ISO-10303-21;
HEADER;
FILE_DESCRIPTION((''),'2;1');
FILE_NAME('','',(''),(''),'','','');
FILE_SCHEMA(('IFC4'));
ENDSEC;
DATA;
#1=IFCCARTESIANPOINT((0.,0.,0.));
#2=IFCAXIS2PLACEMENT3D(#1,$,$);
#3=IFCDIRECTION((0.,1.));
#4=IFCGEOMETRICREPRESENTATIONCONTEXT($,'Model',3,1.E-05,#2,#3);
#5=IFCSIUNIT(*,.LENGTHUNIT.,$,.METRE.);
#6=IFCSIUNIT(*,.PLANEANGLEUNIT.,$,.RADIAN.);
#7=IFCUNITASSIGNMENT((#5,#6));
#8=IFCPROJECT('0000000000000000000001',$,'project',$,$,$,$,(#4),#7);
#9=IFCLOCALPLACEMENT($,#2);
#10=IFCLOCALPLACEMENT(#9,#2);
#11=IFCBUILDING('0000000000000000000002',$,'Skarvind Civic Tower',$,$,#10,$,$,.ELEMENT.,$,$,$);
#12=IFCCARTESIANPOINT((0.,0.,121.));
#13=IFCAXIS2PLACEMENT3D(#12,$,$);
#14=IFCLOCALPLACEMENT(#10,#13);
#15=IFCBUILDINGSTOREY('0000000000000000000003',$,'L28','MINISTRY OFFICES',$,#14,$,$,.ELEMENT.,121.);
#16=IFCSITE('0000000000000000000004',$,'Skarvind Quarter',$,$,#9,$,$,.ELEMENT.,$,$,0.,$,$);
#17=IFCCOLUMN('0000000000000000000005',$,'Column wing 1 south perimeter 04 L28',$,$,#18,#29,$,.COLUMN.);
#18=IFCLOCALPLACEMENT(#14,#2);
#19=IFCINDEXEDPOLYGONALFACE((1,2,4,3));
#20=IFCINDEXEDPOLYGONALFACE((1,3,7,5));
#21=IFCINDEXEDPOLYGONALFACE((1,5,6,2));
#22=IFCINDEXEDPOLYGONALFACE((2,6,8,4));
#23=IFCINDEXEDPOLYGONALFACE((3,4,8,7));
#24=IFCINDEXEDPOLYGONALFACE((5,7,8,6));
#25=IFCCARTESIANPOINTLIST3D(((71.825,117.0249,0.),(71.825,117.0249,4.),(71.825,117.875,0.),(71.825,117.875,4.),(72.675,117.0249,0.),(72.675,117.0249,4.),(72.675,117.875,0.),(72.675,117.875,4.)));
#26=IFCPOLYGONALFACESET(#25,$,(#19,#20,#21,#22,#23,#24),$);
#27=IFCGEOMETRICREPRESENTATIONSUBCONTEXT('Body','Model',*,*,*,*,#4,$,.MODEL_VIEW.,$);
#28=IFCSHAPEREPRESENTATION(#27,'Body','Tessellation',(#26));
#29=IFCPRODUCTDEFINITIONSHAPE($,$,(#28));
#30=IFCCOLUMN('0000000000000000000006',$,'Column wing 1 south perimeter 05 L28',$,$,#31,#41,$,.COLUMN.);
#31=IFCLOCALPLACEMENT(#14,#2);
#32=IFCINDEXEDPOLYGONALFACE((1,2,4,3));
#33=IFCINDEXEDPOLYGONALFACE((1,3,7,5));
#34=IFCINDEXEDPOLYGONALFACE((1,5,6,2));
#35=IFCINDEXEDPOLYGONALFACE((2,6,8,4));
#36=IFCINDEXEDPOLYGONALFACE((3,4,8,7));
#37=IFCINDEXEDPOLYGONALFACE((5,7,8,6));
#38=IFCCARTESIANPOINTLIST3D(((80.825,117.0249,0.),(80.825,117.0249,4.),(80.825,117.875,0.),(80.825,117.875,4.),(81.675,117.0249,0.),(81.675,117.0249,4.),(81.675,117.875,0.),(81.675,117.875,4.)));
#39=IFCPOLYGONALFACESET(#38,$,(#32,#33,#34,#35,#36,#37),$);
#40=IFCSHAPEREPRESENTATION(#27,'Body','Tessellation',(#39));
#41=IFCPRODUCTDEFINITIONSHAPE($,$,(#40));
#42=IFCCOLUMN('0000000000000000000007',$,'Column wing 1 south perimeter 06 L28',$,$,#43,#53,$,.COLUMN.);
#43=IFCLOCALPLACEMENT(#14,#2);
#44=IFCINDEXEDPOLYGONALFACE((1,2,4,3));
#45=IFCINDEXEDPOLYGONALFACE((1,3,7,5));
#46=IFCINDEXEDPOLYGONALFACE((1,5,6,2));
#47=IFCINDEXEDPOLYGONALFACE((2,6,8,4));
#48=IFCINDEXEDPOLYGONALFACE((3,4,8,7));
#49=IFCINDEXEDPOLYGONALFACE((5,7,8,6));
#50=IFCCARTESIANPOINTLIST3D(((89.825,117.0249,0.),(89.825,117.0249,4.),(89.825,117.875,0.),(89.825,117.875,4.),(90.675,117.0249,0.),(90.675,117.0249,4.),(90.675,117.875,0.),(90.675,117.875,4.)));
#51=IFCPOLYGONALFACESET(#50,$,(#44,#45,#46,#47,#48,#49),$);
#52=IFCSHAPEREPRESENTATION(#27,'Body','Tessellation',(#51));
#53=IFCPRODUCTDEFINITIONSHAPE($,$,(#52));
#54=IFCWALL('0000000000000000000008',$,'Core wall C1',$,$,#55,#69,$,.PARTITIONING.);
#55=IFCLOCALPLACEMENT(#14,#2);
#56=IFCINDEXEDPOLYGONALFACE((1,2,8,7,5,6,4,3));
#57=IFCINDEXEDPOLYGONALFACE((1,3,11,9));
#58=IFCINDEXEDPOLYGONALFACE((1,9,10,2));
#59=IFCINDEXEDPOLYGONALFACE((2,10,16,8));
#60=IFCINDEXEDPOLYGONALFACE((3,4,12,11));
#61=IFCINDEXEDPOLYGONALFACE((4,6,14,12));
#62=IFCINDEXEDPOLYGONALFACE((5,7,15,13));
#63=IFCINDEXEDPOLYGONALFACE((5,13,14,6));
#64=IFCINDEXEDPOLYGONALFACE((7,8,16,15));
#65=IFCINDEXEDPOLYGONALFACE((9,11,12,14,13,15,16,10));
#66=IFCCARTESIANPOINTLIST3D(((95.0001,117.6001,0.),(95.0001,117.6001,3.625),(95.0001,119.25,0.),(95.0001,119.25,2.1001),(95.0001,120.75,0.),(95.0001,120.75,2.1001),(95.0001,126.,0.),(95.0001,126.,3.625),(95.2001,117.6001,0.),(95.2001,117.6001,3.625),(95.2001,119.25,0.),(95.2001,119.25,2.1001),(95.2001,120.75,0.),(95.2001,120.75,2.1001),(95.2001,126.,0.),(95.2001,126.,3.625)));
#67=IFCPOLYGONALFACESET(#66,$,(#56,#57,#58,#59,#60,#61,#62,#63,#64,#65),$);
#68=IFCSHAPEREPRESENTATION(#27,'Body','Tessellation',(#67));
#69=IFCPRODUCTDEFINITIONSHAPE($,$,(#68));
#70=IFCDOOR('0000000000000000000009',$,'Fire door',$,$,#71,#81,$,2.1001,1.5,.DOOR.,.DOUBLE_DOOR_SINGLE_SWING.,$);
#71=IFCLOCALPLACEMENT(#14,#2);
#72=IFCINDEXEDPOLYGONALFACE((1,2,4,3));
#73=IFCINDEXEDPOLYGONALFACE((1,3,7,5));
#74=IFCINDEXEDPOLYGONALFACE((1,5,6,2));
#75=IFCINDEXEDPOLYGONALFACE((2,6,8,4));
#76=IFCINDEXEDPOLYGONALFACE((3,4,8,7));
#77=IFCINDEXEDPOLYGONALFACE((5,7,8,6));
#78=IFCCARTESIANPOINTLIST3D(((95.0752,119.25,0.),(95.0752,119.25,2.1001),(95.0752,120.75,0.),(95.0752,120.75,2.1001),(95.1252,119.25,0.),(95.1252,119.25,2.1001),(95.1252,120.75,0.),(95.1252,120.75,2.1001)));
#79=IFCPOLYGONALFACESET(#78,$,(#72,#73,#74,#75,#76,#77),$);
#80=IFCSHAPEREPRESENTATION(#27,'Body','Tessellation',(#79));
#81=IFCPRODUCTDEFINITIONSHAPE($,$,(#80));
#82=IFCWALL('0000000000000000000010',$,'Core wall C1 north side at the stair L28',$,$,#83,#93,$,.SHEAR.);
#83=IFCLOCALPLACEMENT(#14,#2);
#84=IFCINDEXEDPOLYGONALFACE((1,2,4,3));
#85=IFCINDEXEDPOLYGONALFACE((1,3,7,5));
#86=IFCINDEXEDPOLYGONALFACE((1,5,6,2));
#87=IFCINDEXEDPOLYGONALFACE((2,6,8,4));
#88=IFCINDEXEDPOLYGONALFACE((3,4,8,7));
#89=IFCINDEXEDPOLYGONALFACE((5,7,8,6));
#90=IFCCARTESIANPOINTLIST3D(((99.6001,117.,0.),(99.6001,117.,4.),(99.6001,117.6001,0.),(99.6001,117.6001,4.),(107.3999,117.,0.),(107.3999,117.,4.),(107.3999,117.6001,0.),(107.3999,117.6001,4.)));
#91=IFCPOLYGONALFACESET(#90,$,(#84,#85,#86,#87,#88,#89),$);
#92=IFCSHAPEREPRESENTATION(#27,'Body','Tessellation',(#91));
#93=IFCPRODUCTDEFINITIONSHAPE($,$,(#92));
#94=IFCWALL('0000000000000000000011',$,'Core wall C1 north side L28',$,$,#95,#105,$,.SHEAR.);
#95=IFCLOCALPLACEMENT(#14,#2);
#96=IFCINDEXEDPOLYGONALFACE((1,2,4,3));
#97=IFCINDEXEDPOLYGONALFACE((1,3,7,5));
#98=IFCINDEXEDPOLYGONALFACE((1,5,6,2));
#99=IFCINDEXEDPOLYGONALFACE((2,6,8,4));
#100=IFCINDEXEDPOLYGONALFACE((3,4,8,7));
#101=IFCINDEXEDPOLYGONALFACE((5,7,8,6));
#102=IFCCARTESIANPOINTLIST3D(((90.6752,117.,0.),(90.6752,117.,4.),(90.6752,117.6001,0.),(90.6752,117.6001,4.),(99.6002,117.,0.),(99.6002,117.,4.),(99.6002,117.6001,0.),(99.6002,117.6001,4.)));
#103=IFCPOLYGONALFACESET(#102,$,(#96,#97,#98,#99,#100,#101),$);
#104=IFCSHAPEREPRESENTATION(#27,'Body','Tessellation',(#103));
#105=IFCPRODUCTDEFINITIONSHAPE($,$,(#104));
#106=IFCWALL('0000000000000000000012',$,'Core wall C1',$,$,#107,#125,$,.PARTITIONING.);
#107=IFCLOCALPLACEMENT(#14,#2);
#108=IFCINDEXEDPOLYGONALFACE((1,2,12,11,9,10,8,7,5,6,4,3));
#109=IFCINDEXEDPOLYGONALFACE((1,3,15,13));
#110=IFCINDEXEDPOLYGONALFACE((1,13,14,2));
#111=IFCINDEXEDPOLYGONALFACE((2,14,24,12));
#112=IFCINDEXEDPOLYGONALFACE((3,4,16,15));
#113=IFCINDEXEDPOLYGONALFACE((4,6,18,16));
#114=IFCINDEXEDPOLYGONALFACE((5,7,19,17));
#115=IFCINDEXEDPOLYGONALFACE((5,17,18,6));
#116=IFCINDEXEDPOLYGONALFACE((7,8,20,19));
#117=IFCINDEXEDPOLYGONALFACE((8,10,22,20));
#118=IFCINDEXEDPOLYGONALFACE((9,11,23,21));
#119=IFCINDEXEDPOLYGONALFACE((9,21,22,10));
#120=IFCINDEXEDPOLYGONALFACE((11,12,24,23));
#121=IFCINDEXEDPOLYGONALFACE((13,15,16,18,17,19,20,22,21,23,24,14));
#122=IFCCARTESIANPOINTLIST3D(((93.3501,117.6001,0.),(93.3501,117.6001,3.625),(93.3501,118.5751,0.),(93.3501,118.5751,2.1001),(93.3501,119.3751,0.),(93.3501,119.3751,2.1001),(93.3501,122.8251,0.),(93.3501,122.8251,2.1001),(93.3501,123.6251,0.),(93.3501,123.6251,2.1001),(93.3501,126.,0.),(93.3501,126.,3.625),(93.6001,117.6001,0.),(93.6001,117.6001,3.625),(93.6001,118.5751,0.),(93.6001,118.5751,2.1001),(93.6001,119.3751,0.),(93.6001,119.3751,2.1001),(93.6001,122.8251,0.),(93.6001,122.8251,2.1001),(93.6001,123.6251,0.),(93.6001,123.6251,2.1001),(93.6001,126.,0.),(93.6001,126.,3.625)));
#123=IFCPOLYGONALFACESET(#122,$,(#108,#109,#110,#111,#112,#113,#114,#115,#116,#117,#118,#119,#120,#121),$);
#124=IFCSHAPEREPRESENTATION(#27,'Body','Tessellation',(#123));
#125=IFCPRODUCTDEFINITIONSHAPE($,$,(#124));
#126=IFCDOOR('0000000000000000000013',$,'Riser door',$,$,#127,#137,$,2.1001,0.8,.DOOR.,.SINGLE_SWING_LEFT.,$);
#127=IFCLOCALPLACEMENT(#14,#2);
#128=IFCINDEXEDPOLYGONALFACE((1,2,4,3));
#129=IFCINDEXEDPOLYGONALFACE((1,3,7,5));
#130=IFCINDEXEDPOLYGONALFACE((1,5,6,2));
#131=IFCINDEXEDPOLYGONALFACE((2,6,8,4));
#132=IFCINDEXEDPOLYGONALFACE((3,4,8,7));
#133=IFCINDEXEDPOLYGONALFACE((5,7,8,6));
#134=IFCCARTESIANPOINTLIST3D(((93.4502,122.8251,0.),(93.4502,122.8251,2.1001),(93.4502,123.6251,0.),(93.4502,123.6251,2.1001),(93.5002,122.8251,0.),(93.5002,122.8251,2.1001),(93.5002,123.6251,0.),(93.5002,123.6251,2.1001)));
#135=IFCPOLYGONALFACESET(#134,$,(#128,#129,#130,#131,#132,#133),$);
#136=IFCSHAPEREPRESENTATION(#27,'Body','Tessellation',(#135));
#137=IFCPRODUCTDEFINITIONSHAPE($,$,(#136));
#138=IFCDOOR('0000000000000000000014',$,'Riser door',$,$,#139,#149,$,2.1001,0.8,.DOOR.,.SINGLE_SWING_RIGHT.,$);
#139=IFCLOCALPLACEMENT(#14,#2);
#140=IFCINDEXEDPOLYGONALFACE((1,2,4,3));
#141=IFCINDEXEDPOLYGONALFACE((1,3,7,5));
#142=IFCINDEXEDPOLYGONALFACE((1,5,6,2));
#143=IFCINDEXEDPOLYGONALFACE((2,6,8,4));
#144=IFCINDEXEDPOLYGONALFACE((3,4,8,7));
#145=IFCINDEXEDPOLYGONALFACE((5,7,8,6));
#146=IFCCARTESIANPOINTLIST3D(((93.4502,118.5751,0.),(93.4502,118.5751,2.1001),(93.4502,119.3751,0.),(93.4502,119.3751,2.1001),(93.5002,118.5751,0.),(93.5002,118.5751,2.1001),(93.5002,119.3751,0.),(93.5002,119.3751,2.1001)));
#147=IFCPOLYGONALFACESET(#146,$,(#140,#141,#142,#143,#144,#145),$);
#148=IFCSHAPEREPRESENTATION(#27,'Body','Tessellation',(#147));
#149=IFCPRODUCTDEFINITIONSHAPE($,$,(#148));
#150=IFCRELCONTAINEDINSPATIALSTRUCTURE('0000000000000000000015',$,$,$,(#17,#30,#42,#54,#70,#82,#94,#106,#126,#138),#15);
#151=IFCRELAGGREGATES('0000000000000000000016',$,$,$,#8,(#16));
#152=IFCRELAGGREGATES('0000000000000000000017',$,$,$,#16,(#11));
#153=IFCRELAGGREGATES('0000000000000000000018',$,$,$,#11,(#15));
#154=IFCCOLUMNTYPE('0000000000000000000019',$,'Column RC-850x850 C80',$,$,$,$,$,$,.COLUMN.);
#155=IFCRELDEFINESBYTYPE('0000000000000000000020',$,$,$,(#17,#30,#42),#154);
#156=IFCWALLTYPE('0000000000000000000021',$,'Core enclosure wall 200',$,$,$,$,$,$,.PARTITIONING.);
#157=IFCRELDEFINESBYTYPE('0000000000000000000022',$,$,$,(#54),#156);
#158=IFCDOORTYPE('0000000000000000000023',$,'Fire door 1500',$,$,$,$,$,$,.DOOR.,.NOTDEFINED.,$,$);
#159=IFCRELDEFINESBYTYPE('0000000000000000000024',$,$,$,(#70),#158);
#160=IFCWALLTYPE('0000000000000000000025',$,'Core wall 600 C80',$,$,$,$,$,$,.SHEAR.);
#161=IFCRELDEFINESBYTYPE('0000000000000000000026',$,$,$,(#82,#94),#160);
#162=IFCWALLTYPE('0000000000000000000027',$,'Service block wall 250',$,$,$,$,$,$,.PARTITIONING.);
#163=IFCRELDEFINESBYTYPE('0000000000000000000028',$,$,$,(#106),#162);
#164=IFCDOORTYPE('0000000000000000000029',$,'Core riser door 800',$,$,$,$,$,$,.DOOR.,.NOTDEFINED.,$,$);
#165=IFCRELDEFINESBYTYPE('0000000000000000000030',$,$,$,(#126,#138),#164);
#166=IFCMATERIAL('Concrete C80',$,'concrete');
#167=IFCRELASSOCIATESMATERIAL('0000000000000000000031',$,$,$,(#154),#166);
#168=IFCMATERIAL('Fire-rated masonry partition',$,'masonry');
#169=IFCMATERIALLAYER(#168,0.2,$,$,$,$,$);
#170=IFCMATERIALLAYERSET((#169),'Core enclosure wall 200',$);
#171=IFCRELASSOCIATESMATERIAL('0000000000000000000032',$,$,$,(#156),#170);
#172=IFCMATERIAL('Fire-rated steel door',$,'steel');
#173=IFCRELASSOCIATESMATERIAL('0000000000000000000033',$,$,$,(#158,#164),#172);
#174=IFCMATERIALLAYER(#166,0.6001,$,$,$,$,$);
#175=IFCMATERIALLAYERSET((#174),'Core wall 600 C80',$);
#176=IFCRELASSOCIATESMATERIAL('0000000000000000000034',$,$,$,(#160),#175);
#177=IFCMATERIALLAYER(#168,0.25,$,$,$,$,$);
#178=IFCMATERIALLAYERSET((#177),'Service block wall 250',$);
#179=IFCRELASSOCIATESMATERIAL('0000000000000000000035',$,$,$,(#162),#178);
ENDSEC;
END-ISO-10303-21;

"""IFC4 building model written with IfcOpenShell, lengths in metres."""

from ifc_helpers import new_model, si_unit, direction, frame, frame_2d, origin, origin_2d, place, context, subcontext, project, spatial, rectangle, extrude, material, layer, layer_set, material_profile, profile_set, type_object, element, fill, save


model = new_model("IFC4")

# Units and contexts
model_context = context("Model", 3, precision=1e-05, world=origin(), true_north=direction((0.0, 1.0)))
body_context = subcontext(model_context, "Body", "Model", "MODEL_VIEW")
ifc_project = project(units=[si_unit("LENGTHUNIT", "METRE"), si_unit("PLANEANGLEUNIT", "RADIAN")], contexts=[model_context])

# Site, building, storey
site_placement = place(None, origin())
site = spatial("IfcSite", under=ifc_project, at=site_placement, Name="Skarvind Quarter", CompositionType="ELEMENT", RefElevation=0.0)
building_placement = place(site_placement, origin())
building = spatial("IfcBuilding", under=site, at=building_placement, Name="Skarvind Civic Tower", CompositionType="ELEMENT")
storey_placement = place(building_placement, frame((0.0, 0.0, 121.0)))
storey = spatial("IfcBuildingStorey", under=building, at=storey_placement, Name="L28", Description="MINISTRY OFFICES", CompositionType="ELEMENT", Elevation=121.0)

# Columns
ifc_material_1 = material(Name="Concrete C80", Category="concrete")
ifc_material_profile_1 = material_profile(ifc_material_1, rectangle(XDim=0.8501, YDim=0.8501, at=origin_2d()), Name="RC-850x850")
ifc_profile_set_1 = profile_set([ifc_material_profile_1], Name="Concrete C80")
column_type = type_object("IfcColumnType", Name="Column RC-850x850 C80", PredefinedType="COLUMN", material=ifc_profile_set_1)
for number, where, z_axis, x_axis, name in (
    (1, (72.25, 117.45, 0.0), (0.0, 0.0, 1.0), (1.0, 0.0, 0.0), "Column wing 1 south perimeter 04 L28"),
    (2, (81.25, 117.45, 0.0), (0.0, 0.0, 1.0), (1.0, 0.0, 0.0), "Column wing 1 south perimeter 05 L28"),
    (3, (90.25, 117.45, 0.0), (0.0, 0.0, 1.0), (1.0, 0.0, 0.0), "Column wing 1 south perimeter 06 L28"),
):
    element("IfcColumn", number, at=place(storey_placement, frame(where, z_axis=z_axis, x_axis=x_axis)), inside=storey, type_object=column_type, Name=name, PredefinedType="COLUMN", context=body_context, shape_type="SweptSolid", body=[
        extrude(rectangle(XDim=0.8501, YDim=0.8501, at=origin_2d()), origin(), (0.0, 0.0, 1.0), 4.0),
    ])

# Wall, opening, door
ifc_material_2 = material(Name="Fire-rated masonry partition", Category="masonry")
ifc_layer_1 = layer(ifc_material_2, 0.2)
ifc_layer_set_1 = layer_set([ifc_layer_1], Name="Core enclosure wall 200")
wall_type_1 = type_object("IfcWallType", Name="Core enclosure wall 200", PredefinedType="PARTITIONING", material=ifc_layer_set_1)
wall_1_placement = place(storey_placement, frame((95.1001, 117.6001, 0.0), z_axis=(0.0, 0.0, 1.0), x_axis=(0.0, 1.0, 0.0)))
wall_1 = element("IfcWall", 4, at=wall_1_placement, inside=storey, type_object=wall_type_1, Name="Core wall C1", PredefinedType="PARTITIONING", context=body_context, shape_type="SweptSolid", body=[
    extrude(rectangle(XDim=8.3999, YDim=0.2, at=frame_2d((4.2, 0.0))), origin(), (0.0, 0.0, 1.0), 3.625),
])
opening_1_placement = place(wall_1_placement, frame((1.6499, 0.0, 0.0)))
opening_1 = element("IfcOpeningElement", 5, at=opening_1_placement, cuts=wall_1, PredefinedType="OPENING", context=body_context, shape_type="SweptSolid", body=[
    extrude(rectangle(XDim=1.5, YDim=2.1001, at=frame_2d((0.75, 1.05))), frame((0.0, 0.1099, 0.0), z_axis=(0.0, -1.0, 0.0), x_axis=(1.0, 0.0, 0.0)), (0.0, 0.0, 1.0), 0.22),
])
ifc_material_3 = material(Name="Fire-rated steel door", Category="steel")
door_type_1 = type_object("IfcDoorType", Name="Fire door 1500", OperationType="NOTDEFINED", PredefinedType="DOOR", material=ifc_material_3)
door_1_placement = place(opening_1_placement, origin())
door_1 = element("IfcDoor", 6, at=door_1_placement, inside=storey, type_object=door_type_1, Name="Fire door", OperationType="DOUBLE_DOOR_SINGLE_SWING", OverallHeight=2.1001, OverallWidth=1.5, PredefinedType="DOOR", context=body_context, shape_type="SweptSolid", body=[
    extrude(rectangle(XDim=1.5, YDim=2.1001, at=frame_2d((0.75, 1.05))), frame((0.0, 0.0249, 0.0), z_axis=(0.0, -1.0, 0.0), x_axis=(1.0, 0.0, 0.0)), (0.0, 0.0, 1.0), 0.05),
])
fill(opening_1, door_1)

# Walls
ifc_layer_2 = layer(ifc_material_1, 0.6001)
ifc_layer_set_2 = layer_set([ifc_layer_2], Name="Core wall 600 C80")
wall_type_2 = type_object("IfcWallType", Name="Core wall 600 C80", PredefinedType="SHEAR", material=ifc_layer_set_2)
wall_2_placement = place(storey_placement, frame((107.3999, 117.3, 0.0), z_axis=(0.0, 0.0, 1.0), x_axis=(-1.0, 0.0, 0.0)))
element("IfcWall", 7, at=wall_2_placement, inside=storey, type_object=wall_type_2, Name="Core wall C1 north side at the stair L28", PredefinedType="SHEAR", context=body_context, shape_type="SweptSolid", body=[
    extrude(rectangle(XDim=7.7998, YDim=0.6001, at=frame_2d((3.8999, 0.0))), origin(), (0.0, 0.0, 1.0), 4.0),
])
wall_3_placement = place(storey_placement, frame((99.6001, 117.3, 0.0), z_axis=(0.0, 0.0, 1.0), x_axis=(-1.0, 0.0, 0.0)))
element("IfcWall", 8, at=wall_3_placement, inside=storey, type_object=wall_type_2, Name="Core wall C1 north side L28", PredefinedType="SHEAR", context=body_context, shape_type="SweptSolid", body=[
    extrude(rectangle(XDim=8.925, YDim=0.6001, at=frame_2d((4.4624, 0.0))), origin(), (0.0, 0.0, 1.0), 4.0),
])

# Wall, openings, doors
ifc_layer_3 = layer(ifc_material_2, 0.25)
ifc_layer_set_3 = layer_set([ifc_layer_3], Name="Service block wall 250")
wall_type_3 = type_object("IfcWallType", Name="Service block wall 250", PredefinedType="PARTITIONING", material=ifc_layer_set_3)
wall_4_placement = place(storey_placement, frame((93.4751, 117.6001, 0.0), z_axis=(0.0, 0.0, 1.0), x_axis=(0.0, 1.0, 0.0)))
wall_4 = element("IfcWall", 9, at=wall_4_placement, inside=storey, type_object=wall_type_3, Name="Core wall C1", PredefinedType="PARTITIONING", context=body_context, shape_type="SweptSolid", body=[
    extrude(rectangle(XDim=8.3999, YDim=0.25, at=frame_2d((4.2, 0.0))), origin(), (0.0, 0.0, 1.0), 3.625),
])
opening_2_placement = place(wall_4_placement, frame((5.2251, 0.0, 0.0)))
opening_2 = element("IfcOpeningElement", 10, at=opening_2_placement, cuts=wall_4, PredefinedType="OPENING", context=body_context, shape_type="SweptSolid", body=[
    extrude(rectangle(XDim=0.8, YDim=2.1001, at=frame_2d((0.3999, 1.05))), frame((0.0, 0.135, 0.0), z_axis=(0.0, -1.0, 0.0), x_axis=(1.0, 0.0, 0.0)), (0.0, 0.0, 1.0), 0.27),
])
opening_3_placement = place(wall_4_placement, frame((0.9751, 0.0, 0.0)))
opening_3 = element("IfcOpeningElement", 11, at=opening_3_placement, cuts=wall_4, PredefinedType="OPENING", context=body_context, shape_type="SweptSolid", body=[
    extrude(rectangle(XDim=0.8, YDim=2.1001, at=frame_2d((0.3999, 1.05))), frame((0.0, 0.135, 0.0), z_axis=(0.0, -1.0, 0.0), x_axis=(1.0, 0.0, 0.0)), (0.0, 0.0, 1.0), 0.27),
])
door_type_2 = type_object("IfcDoorType", Name="Core riser door 800", OperationType="NOTDEFINED", PredefinedType="DOOR", material=ifc_material_3)
door_2_placement = place(opening_2_placement, origin())
door_2 = element("IfcDoor", 12, at=door_2_placement, inside=storey, type_object=door_type_2, Name="Riser door", OperationType="SINGLE_SWING_LEFT", OverallHeight=2.1001, OverallWidth=0.8, PredefinedType="DOOR", context=body_context, shape_type="SweptSolid", body=[
    extrude(rectangle(XDim=0.8, YDim=2.1001, at=frame_2d((0.3999, 1.05))), frame((0.0, 0.0249, 0.0), z_axis=(0.0, -1.0, 0.0), x_axis=(1.0, 0.0, 0.0)), (0.0, 0.0, 1.0), 0.05),
])
fill(opening_2, door_2)
door_3_placement = place(opening_3_placement, origin())
door_3 = element("IfcDoor", 13, at=door_3_placement, inside=storey, type_object=door_type_2, Name="Riser door", OperationType="SINGLE_SWING_RIGHT", OverallHeight=2.1001, OverallWidth=0.8, PredefinedType="DOOR", context=body_context, shape_type="SweptSolid", body=[
    extrude(rectangle(XDim=0.8, YDim=2.1001, at=frame_2d((0.3999, 1.05))), frame((0.0, 0.0249, 0.0), z_axis=(0.0, -1.0, 0.0), x_axis=(1.0, 0.0, 0.0)), (0.0, 0.0, 1.0), 0.05),
])
fill(opening_3, door_3)

save(model, "model.ifc")
